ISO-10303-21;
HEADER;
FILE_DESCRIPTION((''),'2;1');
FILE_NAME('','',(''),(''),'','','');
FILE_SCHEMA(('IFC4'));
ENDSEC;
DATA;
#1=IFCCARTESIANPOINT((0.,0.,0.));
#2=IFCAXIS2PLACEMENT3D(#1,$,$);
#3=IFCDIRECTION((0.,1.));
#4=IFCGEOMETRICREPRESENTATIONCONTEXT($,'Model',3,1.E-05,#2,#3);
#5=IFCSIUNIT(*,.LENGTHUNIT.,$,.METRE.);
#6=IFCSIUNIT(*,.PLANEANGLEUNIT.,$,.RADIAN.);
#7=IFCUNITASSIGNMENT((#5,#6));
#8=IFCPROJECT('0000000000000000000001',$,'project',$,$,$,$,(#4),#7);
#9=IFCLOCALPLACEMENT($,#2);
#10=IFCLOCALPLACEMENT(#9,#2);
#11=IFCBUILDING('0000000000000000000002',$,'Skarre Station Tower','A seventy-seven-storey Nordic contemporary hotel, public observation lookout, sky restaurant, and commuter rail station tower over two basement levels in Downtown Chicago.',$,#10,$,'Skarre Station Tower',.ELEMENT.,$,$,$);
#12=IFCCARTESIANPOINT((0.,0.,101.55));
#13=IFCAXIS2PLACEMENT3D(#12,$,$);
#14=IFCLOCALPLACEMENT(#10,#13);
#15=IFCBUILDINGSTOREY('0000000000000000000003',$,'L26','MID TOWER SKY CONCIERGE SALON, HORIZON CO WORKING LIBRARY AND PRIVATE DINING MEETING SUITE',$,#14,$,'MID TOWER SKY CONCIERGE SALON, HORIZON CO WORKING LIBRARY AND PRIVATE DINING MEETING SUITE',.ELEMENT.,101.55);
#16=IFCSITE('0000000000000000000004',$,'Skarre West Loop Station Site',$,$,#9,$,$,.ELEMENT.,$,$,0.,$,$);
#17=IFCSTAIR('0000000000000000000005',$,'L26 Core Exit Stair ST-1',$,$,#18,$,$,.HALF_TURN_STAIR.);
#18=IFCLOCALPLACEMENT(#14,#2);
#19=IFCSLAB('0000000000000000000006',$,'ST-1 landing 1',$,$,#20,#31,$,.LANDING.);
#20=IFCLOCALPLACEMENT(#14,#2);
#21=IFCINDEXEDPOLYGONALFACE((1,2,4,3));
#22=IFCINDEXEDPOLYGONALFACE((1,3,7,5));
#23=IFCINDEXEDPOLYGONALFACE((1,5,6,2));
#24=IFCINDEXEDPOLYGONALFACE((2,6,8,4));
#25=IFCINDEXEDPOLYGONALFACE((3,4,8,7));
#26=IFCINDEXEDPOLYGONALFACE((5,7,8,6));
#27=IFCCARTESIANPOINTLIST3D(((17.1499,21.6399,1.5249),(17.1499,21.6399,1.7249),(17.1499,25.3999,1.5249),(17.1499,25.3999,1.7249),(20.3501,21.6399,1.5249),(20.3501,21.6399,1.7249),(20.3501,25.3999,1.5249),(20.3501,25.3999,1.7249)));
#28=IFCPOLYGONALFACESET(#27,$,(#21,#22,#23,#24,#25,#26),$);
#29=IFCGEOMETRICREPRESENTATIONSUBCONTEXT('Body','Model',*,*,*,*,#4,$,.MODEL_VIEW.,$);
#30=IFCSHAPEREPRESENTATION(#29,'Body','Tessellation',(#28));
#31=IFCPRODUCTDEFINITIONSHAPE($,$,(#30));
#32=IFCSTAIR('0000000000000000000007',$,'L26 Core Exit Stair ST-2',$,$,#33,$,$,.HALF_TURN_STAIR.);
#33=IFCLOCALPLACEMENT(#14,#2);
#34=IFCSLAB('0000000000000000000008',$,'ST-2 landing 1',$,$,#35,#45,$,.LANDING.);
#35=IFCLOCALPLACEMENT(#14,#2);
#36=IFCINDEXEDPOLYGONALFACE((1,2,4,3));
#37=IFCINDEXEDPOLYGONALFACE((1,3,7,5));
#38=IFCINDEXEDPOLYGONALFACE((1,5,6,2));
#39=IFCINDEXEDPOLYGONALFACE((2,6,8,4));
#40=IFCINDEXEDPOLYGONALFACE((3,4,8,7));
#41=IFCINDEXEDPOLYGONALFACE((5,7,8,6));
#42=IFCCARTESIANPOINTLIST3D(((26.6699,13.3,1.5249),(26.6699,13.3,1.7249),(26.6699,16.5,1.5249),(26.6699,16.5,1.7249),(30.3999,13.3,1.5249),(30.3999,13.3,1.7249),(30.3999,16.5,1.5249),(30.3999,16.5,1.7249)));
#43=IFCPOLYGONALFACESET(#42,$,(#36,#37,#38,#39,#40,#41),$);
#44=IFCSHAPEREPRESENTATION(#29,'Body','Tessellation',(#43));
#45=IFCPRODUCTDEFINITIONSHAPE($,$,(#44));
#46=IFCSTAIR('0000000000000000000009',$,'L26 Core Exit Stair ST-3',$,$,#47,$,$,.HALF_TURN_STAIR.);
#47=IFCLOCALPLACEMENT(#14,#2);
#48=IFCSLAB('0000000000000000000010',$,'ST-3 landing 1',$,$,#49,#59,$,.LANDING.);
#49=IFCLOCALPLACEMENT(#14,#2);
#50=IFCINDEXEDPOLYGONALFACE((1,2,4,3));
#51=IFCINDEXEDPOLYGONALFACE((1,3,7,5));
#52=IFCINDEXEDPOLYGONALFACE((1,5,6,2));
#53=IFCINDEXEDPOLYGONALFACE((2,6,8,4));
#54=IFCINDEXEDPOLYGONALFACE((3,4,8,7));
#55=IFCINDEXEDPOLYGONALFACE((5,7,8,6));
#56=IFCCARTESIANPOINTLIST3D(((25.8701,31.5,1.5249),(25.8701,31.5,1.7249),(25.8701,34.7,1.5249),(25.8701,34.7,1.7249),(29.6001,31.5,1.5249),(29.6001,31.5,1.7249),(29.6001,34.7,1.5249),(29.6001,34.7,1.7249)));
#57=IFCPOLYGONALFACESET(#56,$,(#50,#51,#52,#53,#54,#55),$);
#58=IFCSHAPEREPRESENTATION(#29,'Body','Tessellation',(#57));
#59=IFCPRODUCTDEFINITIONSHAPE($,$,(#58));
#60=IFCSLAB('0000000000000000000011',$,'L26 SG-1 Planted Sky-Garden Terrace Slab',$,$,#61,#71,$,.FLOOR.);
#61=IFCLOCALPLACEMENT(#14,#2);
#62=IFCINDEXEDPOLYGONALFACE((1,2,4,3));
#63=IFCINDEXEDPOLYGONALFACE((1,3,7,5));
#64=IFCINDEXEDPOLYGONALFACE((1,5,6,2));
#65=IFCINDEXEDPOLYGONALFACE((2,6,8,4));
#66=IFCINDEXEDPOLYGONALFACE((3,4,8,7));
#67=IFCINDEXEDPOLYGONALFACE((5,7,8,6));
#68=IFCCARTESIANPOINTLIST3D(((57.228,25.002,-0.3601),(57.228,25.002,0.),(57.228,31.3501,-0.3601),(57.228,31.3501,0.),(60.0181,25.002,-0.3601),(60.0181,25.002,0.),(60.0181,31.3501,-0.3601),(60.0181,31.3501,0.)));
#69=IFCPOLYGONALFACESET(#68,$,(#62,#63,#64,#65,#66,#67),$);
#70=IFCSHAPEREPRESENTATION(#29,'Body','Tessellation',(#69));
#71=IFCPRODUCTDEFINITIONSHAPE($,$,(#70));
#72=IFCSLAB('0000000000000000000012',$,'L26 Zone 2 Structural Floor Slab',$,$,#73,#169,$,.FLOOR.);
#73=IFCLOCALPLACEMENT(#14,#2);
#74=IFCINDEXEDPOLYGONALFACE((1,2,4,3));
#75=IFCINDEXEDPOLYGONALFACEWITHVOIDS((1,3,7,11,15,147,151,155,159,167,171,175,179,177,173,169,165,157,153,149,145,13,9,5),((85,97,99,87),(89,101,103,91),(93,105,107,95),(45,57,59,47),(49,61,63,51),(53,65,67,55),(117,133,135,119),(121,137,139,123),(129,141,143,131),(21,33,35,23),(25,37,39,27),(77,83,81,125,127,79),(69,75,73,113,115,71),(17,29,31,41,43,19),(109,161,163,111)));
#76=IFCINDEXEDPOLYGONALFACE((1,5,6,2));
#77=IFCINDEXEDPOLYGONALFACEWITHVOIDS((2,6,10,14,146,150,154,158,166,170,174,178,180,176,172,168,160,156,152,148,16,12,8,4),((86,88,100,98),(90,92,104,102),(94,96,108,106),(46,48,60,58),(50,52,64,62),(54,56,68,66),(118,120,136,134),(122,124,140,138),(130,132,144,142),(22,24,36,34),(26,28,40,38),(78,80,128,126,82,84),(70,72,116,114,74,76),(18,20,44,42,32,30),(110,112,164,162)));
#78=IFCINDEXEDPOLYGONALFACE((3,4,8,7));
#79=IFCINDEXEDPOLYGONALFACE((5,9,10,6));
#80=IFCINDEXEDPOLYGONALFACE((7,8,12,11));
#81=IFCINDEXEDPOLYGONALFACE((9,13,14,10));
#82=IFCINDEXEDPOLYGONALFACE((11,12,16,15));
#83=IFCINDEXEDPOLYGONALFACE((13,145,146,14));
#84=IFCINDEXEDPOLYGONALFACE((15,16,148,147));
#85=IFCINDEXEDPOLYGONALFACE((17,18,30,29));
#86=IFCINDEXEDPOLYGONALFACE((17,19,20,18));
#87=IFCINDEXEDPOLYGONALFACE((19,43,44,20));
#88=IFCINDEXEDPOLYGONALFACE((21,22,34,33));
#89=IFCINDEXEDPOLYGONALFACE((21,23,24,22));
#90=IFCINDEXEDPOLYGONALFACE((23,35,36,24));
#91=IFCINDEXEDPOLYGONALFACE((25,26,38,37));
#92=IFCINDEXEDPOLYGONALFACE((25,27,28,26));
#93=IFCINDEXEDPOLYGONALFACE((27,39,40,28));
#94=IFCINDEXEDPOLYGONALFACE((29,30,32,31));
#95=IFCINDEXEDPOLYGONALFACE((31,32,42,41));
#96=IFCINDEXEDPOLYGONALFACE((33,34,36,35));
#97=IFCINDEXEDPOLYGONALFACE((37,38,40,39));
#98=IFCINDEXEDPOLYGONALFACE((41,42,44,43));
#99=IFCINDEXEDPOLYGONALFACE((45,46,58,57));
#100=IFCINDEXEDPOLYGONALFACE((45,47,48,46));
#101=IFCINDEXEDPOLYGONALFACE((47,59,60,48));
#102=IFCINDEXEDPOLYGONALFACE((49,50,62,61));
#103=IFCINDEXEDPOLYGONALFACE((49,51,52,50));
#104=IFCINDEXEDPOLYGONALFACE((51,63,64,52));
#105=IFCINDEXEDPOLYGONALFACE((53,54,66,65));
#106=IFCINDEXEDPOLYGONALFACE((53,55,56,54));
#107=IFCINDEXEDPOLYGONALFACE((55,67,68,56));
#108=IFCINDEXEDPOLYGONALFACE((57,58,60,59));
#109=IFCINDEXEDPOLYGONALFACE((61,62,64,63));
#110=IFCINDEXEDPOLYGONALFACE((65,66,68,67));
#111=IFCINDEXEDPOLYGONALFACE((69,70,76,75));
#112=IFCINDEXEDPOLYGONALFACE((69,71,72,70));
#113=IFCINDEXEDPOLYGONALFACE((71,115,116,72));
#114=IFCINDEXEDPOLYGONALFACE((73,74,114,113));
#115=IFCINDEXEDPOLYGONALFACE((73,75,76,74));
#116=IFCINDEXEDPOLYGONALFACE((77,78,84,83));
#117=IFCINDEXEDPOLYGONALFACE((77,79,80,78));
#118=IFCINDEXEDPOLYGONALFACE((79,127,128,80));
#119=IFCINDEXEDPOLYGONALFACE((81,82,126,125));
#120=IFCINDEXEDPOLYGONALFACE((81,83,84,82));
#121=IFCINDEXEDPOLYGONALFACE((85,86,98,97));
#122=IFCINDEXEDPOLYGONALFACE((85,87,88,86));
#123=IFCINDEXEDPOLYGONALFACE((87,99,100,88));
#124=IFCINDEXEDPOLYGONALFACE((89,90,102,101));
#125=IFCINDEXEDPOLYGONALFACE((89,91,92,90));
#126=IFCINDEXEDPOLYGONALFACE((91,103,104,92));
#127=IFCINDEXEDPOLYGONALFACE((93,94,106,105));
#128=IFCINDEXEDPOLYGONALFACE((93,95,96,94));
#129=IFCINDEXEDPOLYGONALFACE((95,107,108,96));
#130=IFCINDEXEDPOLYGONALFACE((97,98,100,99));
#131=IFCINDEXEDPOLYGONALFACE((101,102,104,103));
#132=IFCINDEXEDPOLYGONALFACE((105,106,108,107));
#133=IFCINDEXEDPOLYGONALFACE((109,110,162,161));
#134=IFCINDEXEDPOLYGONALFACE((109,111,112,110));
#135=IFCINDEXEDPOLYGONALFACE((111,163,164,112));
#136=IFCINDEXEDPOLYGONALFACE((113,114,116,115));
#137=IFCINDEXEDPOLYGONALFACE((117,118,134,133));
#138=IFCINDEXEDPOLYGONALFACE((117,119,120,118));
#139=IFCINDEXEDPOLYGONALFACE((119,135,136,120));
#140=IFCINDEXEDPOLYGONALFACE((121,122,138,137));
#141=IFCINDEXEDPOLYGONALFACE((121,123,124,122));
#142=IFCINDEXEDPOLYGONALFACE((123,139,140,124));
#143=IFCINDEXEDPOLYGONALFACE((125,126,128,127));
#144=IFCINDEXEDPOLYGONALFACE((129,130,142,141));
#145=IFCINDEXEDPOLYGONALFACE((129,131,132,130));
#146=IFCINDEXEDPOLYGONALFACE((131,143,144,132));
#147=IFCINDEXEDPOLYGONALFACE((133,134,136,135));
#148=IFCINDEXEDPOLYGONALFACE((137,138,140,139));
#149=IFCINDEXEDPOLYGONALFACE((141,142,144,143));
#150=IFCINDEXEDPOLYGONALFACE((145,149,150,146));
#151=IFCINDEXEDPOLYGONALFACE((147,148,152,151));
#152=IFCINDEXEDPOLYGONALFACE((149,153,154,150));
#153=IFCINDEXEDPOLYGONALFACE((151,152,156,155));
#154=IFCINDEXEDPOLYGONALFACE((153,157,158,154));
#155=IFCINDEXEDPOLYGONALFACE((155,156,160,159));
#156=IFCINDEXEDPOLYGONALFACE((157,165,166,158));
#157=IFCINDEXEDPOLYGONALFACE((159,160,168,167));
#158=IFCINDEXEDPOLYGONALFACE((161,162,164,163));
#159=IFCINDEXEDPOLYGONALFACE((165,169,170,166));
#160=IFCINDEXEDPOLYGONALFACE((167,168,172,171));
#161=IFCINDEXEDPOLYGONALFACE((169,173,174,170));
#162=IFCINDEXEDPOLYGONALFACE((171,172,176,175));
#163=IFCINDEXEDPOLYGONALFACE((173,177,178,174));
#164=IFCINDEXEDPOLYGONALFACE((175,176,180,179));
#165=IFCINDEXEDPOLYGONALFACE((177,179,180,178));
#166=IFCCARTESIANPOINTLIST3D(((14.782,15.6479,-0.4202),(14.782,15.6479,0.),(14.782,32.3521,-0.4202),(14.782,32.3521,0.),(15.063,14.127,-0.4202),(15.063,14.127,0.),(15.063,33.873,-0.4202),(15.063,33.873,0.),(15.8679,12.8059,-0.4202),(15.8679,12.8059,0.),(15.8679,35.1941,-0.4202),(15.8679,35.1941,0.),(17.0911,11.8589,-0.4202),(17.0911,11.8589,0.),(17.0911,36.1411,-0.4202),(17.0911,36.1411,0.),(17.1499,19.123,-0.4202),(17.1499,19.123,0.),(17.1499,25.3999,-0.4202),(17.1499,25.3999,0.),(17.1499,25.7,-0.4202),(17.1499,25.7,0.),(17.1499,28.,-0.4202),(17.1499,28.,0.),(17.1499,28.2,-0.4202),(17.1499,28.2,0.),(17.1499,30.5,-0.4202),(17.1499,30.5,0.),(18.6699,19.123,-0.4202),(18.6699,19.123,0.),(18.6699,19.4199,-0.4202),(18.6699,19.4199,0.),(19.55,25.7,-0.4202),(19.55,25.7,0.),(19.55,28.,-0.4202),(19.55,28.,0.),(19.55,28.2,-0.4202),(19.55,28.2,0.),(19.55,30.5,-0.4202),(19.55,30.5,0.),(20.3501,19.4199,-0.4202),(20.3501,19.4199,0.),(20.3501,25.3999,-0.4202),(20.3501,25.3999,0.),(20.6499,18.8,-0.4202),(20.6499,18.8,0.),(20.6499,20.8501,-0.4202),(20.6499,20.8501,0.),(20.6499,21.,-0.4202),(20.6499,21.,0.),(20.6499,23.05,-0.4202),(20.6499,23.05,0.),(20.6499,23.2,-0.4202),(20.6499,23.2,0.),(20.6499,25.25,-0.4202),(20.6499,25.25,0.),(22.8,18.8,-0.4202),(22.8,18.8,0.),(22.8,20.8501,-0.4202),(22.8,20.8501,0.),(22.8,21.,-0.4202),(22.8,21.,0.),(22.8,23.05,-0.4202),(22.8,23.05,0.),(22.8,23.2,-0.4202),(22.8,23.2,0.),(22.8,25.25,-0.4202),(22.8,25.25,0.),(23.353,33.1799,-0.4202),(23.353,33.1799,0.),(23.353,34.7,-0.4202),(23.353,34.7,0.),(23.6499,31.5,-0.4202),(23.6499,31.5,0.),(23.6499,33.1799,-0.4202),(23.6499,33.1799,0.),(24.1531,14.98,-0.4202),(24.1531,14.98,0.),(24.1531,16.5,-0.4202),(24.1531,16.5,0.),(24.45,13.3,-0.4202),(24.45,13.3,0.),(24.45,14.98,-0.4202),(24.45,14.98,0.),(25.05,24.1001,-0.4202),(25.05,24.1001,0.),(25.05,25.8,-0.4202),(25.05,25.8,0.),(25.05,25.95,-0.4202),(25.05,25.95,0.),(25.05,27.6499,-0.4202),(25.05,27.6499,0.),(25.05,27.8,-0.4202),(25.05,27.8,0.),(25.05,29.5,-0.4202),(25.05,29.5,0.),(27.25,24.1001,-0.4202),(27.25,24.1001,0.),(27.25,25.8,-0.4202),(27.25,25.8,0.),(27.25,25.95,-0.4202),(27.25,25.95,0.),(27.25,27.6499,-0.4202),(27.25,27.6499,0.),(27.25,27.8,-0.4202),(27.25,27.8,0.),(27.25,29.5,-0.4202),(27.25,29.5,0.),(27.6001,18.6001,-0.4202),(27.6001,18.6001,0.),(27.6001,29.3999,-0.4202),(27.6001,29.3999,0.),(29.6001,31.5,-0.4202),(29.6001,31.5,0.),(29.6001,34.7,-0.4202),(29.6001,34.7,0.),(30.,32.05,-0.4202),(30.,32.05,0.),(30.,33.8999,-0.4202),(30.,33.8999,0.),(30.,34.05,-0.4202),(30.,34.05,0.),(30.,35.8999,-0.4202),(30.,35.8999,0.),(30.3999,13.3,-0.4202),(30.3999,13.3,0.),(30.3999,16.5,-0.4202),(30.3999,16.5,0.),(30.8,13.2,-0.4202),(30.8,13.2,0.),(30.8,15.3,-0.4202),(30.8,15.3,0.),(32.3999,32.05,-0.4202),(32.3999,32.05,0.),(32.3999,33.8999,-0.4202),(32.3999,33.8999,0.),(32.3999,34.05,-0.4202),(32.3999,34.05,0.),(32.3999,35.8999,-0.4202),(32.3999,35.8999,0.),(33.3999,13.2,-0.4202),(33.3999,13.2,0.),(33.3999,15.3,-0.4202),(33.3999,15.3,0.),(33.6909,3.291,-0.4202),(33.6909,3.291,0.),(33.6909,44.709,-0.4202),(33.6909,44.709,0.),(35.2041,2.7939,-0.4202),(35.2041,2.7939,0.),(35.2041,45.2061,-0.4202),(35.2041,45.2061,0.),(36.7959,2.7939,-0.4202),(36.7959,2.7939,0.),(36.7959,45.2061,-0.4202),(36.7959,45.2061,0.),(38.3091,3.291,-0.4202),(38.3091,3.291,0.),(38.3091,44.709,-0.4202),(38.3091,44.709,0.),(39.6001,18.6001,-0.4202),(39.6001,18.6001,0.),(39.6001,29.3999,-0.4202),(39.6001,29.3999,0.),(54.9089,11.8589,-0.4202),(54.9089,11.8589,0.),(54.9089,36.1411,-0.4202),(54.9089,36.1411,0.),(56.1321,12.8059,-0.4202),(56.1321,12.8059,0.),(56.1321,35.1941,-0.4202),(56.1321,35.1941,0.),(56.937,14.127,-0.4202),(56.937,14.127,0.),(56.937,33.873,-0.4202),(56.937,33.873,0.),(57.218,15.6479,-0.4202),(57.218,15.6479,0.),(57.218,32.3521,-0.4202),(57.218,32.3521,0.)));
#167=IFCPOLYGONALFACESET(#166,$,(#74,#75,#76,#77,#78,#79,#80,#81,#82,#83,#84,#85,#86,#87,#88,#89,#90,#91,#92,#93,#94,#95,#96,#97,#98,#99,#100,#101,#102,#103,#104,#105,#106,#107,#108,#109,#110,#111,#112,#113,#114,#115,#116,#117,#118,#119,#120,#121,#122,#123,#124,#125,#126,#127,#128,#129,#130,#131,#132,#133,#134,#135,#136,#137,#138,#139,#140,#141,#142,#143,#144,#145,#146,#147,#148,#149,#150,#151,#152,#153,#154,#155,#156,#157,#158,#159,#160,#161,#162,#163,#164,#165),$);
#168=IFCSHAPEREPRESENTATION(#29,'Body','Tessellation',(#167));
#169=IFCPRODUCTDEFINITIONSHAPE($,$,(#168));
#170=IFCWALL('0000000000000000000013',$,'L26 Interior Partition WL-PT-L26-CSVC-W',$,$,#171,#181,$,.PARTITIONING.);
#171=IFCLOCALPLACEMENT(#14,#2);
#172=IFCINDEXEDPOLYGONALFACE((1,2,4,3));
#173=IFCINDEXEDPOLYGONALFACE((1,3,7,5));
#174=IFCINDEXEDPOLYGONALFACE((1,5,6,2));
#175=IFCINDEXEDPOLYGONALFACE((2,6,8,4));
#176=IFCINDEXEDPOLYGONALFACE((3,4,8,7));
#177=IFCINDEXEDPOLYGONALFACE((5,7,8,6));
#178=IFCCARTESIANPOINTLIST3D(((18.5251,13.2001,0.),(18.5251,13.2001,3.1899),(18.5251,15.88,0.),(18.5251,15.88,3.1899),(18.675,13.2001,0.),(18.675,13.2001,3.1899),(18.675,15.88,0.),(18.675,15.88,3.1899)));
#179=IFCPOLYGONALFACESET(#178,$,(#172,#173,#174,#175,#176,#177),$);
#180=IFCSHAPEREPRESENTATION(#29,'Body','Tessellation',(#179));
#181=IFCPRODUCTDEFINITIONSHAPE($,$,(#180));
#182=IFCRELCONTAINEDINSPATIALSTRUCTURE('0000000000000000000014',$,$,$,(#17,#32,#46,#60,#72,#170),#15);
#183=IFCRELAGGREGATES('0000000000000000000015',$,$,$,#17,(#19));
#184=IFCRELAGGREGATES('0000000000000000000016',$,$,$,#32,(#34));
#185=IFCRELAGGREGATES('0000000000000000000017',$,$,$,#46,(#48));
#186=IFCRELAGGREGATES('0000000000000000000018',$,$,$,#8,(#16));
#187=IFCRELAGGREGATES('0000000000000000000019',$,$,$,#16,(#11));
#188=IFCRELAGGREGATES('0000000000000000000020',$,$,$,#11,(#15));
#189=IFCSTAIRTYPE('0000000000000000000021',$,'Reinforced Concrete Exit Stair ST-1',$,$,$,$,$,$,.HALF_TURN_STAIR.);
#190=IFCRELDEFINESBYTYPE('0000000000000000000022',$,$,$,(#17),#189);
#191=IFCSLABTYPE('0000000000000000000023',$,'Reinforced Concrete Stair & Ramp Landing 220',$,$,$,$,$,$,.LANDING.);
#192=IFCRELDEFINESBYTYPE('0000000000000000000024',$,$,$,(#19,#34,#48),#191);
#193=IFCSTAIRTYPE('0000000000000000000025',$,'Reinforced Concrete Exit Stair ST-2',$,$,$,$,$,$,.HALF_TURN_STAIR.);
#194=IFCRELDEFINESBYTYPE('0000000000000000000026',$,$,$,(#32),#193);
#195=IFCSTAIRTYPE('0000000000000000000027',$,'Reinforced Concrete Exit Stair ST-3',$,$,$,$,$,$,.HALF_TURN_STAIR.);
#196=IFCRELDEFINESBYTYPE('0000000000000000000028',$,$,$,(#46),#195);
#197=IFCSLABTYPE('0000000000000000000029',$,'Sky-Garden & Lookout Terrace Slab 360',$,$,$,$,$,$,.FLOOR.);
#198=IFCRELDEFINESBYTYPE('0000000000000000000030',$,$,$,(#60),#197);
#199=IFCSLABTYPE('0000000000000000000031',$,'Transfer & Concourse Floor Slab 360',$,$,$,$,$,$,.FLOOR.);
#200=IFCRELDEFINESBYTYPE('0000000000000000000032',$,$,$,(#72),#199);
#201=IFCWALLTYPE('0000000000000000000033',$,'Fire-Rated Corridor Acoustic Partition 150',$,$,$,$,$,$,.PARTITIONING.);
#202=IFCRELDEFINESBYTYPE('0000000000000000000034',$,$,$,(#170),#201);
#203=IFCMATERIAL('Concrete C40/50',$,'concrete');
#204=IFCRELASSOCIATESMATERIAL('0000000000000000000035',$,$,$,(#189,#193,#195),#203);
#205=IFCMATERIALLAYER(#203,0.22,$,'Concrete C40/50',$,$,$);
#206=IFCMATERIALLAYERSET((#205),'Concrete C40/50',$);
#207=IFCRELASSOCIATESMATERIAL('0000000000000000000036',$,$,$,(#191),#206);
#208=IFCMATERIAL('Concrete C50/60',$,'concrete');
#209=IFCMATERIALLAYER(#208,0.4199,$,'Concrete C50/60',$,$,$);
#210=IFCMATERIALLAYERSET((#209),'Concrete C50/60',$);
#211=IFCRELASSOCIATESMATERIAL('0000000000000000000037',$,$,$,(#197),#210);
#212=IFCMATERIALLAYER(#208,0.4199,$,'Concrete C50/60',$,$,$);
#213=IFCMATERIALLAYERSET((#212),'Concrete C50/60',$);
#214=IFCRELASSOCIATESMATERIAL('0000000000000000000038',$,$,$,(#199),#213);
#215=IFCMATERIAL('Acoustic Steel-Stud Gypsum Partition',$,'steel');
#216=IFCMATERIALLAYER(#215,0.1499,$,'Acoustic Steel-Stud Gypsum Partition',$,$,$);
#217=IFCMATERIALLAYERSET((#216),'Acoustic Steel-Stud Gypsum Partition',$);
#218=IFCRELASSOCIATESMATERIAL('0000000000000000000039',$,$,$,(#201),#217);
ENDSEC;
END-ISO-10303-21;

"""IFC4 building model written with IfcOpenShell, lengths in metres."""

from ifc_helpers import new_model, si_unit, direction, frame, frame_2d, origin, place, context, subcontext, project, spatial, polyline, rectangle, outline, extrude, material, layer, layer_set, type_object, element, aggregate, save


model = new_model("IFC4")

# Units and contexts
model_context = context("Model", 3, precision=1e-05, world=origin(), true_north=direction((0.0, 1.0)))
body_context = subcontext(model_context, "Body", "Model", "MODEL_VIEW")
ifc_project = project(units=[si_unit("LENGTHUNIT", "METRE"), si_unit("PLANEANGLEUNIT", "RADIAN")], contexts=[model_context])

# Site, building, storey
site_placement = place(None, origin())
site = spatial("IfcSite", under=ifc_project, at=site_placement, Name="Skarre West Loop Station Site", CompositionType="ELEMENT", RefElevation=0.0)
building_placement = place(site_placement, origin())
building = spatial("IfcBuilding", under=site, at=building_placement, Name="Skarre Station Tower", Description="A seventy-seven-storey Nordic contemporary hotel, public observation lookout, sky restaurant, and commuter rail station tower over two basement levels in Downtown Chicago.", LongName="Skarre Station Tower", CompositionType="ELEMENT")
storey_placement = place(building_placement, frame((0.0, 0.0, 101.55)))
storey = spatial("IfcBuildingStorey", under=building, at=storey_placement, Name="L26", Description="MID TOWER SKY CONCIERGE SALON, HORIZON CO WORKING LIBRARY AND PRIVATE DINING MEETING SUITE", LongName="MID TOWER SKY CONCIERGE SALON, HORIZON CO WORKING LIBRARY AND PRIVATE DINING MEETING SUITE", CompositionType="ELEMENT", Elevation=101.55)

# Stairs, slabs
ifc_material_1 = material(Name="Concrete C40/50", Category="concrete")
stair_type_1 = type_object("IfcStairType", Name="Reinforced Concrete Exit Stair ST-1", PredefinedType="HALF_TURN_STAIR", material=ifc_material_1)
stair_1_placement = place(storey_placement, origin())
stair_1 = element("IfcStair", 1, at=stair_1_placement, inside=storey, type_object=stair_type_1, Name="L26 Core Exit Stair ST-1", PredefinedType="HALF_TURN_STAIR")
ifc_layer_1 = layer(ifc_material_1, 0.22, Name="Concrete C40/50")
ifc_layer_set_1 = layer_set([ifc_layer_1], Name="Concrete C40/50")
slab_type_1 = type_object("IfcSlabType", Name="Reinforced Concrete Stair & Ramp Landing 220", PredefinedType="LANDING", material=ifc_layer_set_1)
slab_1_placement = place(storey_placement, frame((0.0, 0.0, 1.5249)))
slab_1 = element("IfcSlab", 2, at=slab_1_placement, type_object=slab_type_1, Name="ST-1 landing 1", PredefinedType="LANDING", context=body_context, shape_type="SweptSolid", body=[
    extrude(outline(polyline([(20.3501, 21.6399), (20.3501, 25.3999), (17.1499, 25.3999), (17.1499, 21.6399), (20.3501, 21.6399)])), origin(), (0.0, 0.0, 1.0), 0.2),
])
aggregate(stair_1, [slab_1])
stair_type_2 = type_object("IfcStairType", Name="Reinforced Concrete Exit Stair ST-2", PredefinedType="HALF_TURN_STAIR", material=ifc_material_1)
stair_2_placement = place(storey_placement, origin())
stair_2 = element("IfcStair", 3, at=stair_2_placement, inside=storey, type_object=stair_type_2, Name="L26 Core Exit Stair ST-2", PredefinedType="HALF_TURN_STAIR")
slab_2_placement = place(storey_placement, frame((0.0, 0.0, 1.5249)))
slab_2 = element("IfcSlab", 4, at=slab_2_placement, type_object=slab_type_1, Name="ST-2 landing 1", PredefinedType="LANDING", context=body_context, shape_type="SweptSolid", body=[
    extrude(outline(polyline([(26.6699, 13.3), (30.3999, 13.3), (30.3999, 16.5), (26.6699, 16.5), (26.6699, 13.3)])), origin(), (0.0, 0.0, 1.0), 0.2),
])
aggregate(stair_2, [slab_2])
stair_type_3 = type_object("IfcStairType", Name="Reinforced Concrete Exit Stair ST-3", PredefinedType="HALF_TURN_STAIR", material=ifc_material_1)
stair_3_placement = place(storey_placement, origin())
stair_3 = element("IfcStair", 5, at=stair_3_placement, inside=storey, type_object=stair_type_3, Name="L26 Core Exit Stair ST-3", PredefinedType="HALF_TURN_STAIR")
slab_3_placement = place(storey_placement, frame((0.0, 0.0, 1.5249)))
slab_3 = element("IfcSlab", 6, at=slab_3_placement, type_object=slab_type_1, Name="ST-3 landing 1", PredefinedType="LANDING", context=body_context, shape_type="SweptSolid", body=[
    extrude(outline(polyline([(25.8701, 31.5), (29.6001, 31.5), (29.6001, 34.7), (25.8701, 34.7), (25.8701, 31.5)])), origin(), (0.0, 0.0, 1.0), 0.2),
])
aggregate(stair_3, [slab_3])

# Slabs
ifc_material_2 = material(Name="Concrete C50/60", Category="concrete")
ifc_layer_2 = layer(ifc_material_2, 0.4199, Name="Concrete C50/60")
ifc_layer_set_2 = layer_set([ifc_layer_2], Name="Concrete C50/60")
slab_type_2 = type_object("IfcSlabType", Name="Sky-Garden & Lookout Terrace Slab 360", PredefinedType="FLOOR", material=ifc_layer_set_2)
slab_4_placement = place(storey_placement, frame((0.0, 0.0, -0.3601)))
element("IfcSlab", 7, at=slab_4_placement, inside=storey, type_object=slab_type_2, Name="L26 SG-1 Planted Sky-Garden Terrace Slab", PredefinedType="FLOOR", context=body_context, shape_type="SweptSolid", body=[
    extrude(outline(polyline([(57.228, 31.3501), (57.228, 25.002), (60.0181, 25.002), (60.0181, 31.3501), (57.228, 31.3501)])), origin(), (0.0, 0.0, 1.0), 0.3601),
])
ifc_layer_3 = layer(ifc_material_2, 0.4199, Name="Concrete C50/60")
ifc_layer_set_3 = layer_set([ifc_layer_3], Name="Concrete C50/60")
slab_type_3 = type_object("IfcSlabType", Name="Transfer & Concourse Floor Slab 360", PredefinedType="FLOOR", material=ifc_layer_set_3)
slab_5_placement = place(storey_placement, frame((0.0, 0.0, -0.4202)))
element("IfcSlab", 8, at=slab_5_placement, inside=storey, type_object=slab_type_3, Name="L26 Zone 2 Structural Floor Slab", PredefinedType="FLOOR", context=body_context, shape_type="SweptSolid", body=[
    extrude(outline(polyline([(57.218, 32.3521), (56.937, 33.873), (56.1321, 35.1941), (54.9089, 36.1411), (38.3091, 44.709), (36.7959, 45.2061), (35.2041, 45.2061), (33.6909, 44.709), (17.0911, 36.1411), (15.8679, 35.1941), (15.063, 33.873), (14.782, 32.3521), (14.782, 15.6479), (15.063, 14.127), (15.8679, 12.8059), (17.0911, 11.8589), (33.6909, 3.291), (35.2041, 2.7939), (36.7959, 2.7939), (38.3091, 3.291), (54.9089, 11.8589), (56.1321, 12.8059), (56.937, 14.127), (57.218, 15.6479), (57.218, 32.3521)]), holes=[polyline([(18.6699, 19.4199), (18.6699, 19.123), (17.1499, 19.123), (17.1499, 25.3999), (20.3501, 25.3999), (20.3501, 19.4199), (18.6699, 19.4199)]), polyline([(24.45, 14.98), (24.1531, 14.98), (24.1531, 16.5), (30.3999, 16.5), (30.3999, 13.3), (24.45, 13.3), (24.45, 14.98)]), polyline([(23.6499, 33.1799), (23.353, 33.1799), (23.353, 34.7), (29.6001, 34.7), (29.6001, 31.5), (23.6499, 31.5), (23.6499, 33.1799)]), polyline([(17.1499, 28.0), (19.55, 28.0), (19.55, 25.7), (17.1499, 25.7), (17.1499, 28.0)]), polyline([(17.1499, 30.5), (19.55, 30.5), (19.55, 28.2), (17.1499, 28.2), (17.1499, 30.5)]), polyline([(30.8, 15.3), (33.3999, 15.3), (33.3999, 13.2), (30.8, 13.2), (30.8, 15.3)]), polyline([(25.05, 25.8), (27.25, 25.8), (27.25, 24.1001), (25.05, 24.1001), (25.05, 25.8)]), polyline([(25.05, 27.6499), (27.25, 27.6499), (27.25, 25.95), (25.05, 25.95), (25.05, 27.6499)]), polyline([(25.05, 29.5), (27.25, 29.5), (27.25, 27.8), (25.05, 27.8), (25.05, 29.5)]), polyline([(20.6499, 20.8501), (22.8, 20.8501), (22.8, 18.8), (20.6499, 18.8), (20.6499, 20.8501)]), polyline([(20.6499, 23.05), (22.8, 23.05), (22.8, 21.0), (20.6499, 21.0), (20.6499, 23.05)]), polyline([(20.6499, 25.25), (22.8, 25.25), (22.8, 23.2), (20.6499, 23.2), (20.6499, 25.25)]), polyline([(30.0, 33.8999), (32.3999, 33.8999), (32.3999, 32.05), (30.0, 32.05), (30.0, 33.8999)]), polyline([(30.0, 35.8999), (32.3999, 35.8999), (32.3999, 34.05), (30.0, 34.05), (30.0, 35.8999)]), polyline([(27.6001, 29.3999), (39.6001, 29.3999), (39.6001, 18.6001), (27.6001, 18.6001), (27.6001, 29.3999)])]), origin(), (0.0, 0.0, 1.0), 0.4202),
])

# Wall
ifc_material_3 = material(Name="Acoustic Steel-Stud Gypsum Partition", Category="steel")
ifc_layer_4 = layer(ifc_material_3, 0.1499, Name="Acoustic Steel-Stud Gypsum Partition")
ifc_layer_set_4 = layer_set([ifc_layer_4], Name="Acoustic Steel-Stud Gypsum Partition")
wall_type_1 = type_object("IfcWallType", Name="Fire-Rated Corridor Acoustic Partition 150", PredefinedType="PARTITIONING", material=ifc_layer_set_4)
wall_1_placement = place(storey_placement, frame((18.6001, 15.8799, 0.0), z_axis=(0.0, 0.0, 1.0), x_axis=(0.0, -1.0, 0.0)))
element("IfcWall", 9, at=wall_1_placement, inside=storey, type_object=wall_type_1, Name="L26 Interior Partition WL-PT-L26-CSVC-W", PredefinedType="PARTITIONING", context=body_context, shape_type="SweptSolid", body=[
    extrude(rectangle(XDim=2.6799, YDim=0.1499, at=frame_2d((1.3398, 0.0))), origin(), (0.0, 0.0, 1.0), 3.1899),
])

save(model, "model.ifc")
